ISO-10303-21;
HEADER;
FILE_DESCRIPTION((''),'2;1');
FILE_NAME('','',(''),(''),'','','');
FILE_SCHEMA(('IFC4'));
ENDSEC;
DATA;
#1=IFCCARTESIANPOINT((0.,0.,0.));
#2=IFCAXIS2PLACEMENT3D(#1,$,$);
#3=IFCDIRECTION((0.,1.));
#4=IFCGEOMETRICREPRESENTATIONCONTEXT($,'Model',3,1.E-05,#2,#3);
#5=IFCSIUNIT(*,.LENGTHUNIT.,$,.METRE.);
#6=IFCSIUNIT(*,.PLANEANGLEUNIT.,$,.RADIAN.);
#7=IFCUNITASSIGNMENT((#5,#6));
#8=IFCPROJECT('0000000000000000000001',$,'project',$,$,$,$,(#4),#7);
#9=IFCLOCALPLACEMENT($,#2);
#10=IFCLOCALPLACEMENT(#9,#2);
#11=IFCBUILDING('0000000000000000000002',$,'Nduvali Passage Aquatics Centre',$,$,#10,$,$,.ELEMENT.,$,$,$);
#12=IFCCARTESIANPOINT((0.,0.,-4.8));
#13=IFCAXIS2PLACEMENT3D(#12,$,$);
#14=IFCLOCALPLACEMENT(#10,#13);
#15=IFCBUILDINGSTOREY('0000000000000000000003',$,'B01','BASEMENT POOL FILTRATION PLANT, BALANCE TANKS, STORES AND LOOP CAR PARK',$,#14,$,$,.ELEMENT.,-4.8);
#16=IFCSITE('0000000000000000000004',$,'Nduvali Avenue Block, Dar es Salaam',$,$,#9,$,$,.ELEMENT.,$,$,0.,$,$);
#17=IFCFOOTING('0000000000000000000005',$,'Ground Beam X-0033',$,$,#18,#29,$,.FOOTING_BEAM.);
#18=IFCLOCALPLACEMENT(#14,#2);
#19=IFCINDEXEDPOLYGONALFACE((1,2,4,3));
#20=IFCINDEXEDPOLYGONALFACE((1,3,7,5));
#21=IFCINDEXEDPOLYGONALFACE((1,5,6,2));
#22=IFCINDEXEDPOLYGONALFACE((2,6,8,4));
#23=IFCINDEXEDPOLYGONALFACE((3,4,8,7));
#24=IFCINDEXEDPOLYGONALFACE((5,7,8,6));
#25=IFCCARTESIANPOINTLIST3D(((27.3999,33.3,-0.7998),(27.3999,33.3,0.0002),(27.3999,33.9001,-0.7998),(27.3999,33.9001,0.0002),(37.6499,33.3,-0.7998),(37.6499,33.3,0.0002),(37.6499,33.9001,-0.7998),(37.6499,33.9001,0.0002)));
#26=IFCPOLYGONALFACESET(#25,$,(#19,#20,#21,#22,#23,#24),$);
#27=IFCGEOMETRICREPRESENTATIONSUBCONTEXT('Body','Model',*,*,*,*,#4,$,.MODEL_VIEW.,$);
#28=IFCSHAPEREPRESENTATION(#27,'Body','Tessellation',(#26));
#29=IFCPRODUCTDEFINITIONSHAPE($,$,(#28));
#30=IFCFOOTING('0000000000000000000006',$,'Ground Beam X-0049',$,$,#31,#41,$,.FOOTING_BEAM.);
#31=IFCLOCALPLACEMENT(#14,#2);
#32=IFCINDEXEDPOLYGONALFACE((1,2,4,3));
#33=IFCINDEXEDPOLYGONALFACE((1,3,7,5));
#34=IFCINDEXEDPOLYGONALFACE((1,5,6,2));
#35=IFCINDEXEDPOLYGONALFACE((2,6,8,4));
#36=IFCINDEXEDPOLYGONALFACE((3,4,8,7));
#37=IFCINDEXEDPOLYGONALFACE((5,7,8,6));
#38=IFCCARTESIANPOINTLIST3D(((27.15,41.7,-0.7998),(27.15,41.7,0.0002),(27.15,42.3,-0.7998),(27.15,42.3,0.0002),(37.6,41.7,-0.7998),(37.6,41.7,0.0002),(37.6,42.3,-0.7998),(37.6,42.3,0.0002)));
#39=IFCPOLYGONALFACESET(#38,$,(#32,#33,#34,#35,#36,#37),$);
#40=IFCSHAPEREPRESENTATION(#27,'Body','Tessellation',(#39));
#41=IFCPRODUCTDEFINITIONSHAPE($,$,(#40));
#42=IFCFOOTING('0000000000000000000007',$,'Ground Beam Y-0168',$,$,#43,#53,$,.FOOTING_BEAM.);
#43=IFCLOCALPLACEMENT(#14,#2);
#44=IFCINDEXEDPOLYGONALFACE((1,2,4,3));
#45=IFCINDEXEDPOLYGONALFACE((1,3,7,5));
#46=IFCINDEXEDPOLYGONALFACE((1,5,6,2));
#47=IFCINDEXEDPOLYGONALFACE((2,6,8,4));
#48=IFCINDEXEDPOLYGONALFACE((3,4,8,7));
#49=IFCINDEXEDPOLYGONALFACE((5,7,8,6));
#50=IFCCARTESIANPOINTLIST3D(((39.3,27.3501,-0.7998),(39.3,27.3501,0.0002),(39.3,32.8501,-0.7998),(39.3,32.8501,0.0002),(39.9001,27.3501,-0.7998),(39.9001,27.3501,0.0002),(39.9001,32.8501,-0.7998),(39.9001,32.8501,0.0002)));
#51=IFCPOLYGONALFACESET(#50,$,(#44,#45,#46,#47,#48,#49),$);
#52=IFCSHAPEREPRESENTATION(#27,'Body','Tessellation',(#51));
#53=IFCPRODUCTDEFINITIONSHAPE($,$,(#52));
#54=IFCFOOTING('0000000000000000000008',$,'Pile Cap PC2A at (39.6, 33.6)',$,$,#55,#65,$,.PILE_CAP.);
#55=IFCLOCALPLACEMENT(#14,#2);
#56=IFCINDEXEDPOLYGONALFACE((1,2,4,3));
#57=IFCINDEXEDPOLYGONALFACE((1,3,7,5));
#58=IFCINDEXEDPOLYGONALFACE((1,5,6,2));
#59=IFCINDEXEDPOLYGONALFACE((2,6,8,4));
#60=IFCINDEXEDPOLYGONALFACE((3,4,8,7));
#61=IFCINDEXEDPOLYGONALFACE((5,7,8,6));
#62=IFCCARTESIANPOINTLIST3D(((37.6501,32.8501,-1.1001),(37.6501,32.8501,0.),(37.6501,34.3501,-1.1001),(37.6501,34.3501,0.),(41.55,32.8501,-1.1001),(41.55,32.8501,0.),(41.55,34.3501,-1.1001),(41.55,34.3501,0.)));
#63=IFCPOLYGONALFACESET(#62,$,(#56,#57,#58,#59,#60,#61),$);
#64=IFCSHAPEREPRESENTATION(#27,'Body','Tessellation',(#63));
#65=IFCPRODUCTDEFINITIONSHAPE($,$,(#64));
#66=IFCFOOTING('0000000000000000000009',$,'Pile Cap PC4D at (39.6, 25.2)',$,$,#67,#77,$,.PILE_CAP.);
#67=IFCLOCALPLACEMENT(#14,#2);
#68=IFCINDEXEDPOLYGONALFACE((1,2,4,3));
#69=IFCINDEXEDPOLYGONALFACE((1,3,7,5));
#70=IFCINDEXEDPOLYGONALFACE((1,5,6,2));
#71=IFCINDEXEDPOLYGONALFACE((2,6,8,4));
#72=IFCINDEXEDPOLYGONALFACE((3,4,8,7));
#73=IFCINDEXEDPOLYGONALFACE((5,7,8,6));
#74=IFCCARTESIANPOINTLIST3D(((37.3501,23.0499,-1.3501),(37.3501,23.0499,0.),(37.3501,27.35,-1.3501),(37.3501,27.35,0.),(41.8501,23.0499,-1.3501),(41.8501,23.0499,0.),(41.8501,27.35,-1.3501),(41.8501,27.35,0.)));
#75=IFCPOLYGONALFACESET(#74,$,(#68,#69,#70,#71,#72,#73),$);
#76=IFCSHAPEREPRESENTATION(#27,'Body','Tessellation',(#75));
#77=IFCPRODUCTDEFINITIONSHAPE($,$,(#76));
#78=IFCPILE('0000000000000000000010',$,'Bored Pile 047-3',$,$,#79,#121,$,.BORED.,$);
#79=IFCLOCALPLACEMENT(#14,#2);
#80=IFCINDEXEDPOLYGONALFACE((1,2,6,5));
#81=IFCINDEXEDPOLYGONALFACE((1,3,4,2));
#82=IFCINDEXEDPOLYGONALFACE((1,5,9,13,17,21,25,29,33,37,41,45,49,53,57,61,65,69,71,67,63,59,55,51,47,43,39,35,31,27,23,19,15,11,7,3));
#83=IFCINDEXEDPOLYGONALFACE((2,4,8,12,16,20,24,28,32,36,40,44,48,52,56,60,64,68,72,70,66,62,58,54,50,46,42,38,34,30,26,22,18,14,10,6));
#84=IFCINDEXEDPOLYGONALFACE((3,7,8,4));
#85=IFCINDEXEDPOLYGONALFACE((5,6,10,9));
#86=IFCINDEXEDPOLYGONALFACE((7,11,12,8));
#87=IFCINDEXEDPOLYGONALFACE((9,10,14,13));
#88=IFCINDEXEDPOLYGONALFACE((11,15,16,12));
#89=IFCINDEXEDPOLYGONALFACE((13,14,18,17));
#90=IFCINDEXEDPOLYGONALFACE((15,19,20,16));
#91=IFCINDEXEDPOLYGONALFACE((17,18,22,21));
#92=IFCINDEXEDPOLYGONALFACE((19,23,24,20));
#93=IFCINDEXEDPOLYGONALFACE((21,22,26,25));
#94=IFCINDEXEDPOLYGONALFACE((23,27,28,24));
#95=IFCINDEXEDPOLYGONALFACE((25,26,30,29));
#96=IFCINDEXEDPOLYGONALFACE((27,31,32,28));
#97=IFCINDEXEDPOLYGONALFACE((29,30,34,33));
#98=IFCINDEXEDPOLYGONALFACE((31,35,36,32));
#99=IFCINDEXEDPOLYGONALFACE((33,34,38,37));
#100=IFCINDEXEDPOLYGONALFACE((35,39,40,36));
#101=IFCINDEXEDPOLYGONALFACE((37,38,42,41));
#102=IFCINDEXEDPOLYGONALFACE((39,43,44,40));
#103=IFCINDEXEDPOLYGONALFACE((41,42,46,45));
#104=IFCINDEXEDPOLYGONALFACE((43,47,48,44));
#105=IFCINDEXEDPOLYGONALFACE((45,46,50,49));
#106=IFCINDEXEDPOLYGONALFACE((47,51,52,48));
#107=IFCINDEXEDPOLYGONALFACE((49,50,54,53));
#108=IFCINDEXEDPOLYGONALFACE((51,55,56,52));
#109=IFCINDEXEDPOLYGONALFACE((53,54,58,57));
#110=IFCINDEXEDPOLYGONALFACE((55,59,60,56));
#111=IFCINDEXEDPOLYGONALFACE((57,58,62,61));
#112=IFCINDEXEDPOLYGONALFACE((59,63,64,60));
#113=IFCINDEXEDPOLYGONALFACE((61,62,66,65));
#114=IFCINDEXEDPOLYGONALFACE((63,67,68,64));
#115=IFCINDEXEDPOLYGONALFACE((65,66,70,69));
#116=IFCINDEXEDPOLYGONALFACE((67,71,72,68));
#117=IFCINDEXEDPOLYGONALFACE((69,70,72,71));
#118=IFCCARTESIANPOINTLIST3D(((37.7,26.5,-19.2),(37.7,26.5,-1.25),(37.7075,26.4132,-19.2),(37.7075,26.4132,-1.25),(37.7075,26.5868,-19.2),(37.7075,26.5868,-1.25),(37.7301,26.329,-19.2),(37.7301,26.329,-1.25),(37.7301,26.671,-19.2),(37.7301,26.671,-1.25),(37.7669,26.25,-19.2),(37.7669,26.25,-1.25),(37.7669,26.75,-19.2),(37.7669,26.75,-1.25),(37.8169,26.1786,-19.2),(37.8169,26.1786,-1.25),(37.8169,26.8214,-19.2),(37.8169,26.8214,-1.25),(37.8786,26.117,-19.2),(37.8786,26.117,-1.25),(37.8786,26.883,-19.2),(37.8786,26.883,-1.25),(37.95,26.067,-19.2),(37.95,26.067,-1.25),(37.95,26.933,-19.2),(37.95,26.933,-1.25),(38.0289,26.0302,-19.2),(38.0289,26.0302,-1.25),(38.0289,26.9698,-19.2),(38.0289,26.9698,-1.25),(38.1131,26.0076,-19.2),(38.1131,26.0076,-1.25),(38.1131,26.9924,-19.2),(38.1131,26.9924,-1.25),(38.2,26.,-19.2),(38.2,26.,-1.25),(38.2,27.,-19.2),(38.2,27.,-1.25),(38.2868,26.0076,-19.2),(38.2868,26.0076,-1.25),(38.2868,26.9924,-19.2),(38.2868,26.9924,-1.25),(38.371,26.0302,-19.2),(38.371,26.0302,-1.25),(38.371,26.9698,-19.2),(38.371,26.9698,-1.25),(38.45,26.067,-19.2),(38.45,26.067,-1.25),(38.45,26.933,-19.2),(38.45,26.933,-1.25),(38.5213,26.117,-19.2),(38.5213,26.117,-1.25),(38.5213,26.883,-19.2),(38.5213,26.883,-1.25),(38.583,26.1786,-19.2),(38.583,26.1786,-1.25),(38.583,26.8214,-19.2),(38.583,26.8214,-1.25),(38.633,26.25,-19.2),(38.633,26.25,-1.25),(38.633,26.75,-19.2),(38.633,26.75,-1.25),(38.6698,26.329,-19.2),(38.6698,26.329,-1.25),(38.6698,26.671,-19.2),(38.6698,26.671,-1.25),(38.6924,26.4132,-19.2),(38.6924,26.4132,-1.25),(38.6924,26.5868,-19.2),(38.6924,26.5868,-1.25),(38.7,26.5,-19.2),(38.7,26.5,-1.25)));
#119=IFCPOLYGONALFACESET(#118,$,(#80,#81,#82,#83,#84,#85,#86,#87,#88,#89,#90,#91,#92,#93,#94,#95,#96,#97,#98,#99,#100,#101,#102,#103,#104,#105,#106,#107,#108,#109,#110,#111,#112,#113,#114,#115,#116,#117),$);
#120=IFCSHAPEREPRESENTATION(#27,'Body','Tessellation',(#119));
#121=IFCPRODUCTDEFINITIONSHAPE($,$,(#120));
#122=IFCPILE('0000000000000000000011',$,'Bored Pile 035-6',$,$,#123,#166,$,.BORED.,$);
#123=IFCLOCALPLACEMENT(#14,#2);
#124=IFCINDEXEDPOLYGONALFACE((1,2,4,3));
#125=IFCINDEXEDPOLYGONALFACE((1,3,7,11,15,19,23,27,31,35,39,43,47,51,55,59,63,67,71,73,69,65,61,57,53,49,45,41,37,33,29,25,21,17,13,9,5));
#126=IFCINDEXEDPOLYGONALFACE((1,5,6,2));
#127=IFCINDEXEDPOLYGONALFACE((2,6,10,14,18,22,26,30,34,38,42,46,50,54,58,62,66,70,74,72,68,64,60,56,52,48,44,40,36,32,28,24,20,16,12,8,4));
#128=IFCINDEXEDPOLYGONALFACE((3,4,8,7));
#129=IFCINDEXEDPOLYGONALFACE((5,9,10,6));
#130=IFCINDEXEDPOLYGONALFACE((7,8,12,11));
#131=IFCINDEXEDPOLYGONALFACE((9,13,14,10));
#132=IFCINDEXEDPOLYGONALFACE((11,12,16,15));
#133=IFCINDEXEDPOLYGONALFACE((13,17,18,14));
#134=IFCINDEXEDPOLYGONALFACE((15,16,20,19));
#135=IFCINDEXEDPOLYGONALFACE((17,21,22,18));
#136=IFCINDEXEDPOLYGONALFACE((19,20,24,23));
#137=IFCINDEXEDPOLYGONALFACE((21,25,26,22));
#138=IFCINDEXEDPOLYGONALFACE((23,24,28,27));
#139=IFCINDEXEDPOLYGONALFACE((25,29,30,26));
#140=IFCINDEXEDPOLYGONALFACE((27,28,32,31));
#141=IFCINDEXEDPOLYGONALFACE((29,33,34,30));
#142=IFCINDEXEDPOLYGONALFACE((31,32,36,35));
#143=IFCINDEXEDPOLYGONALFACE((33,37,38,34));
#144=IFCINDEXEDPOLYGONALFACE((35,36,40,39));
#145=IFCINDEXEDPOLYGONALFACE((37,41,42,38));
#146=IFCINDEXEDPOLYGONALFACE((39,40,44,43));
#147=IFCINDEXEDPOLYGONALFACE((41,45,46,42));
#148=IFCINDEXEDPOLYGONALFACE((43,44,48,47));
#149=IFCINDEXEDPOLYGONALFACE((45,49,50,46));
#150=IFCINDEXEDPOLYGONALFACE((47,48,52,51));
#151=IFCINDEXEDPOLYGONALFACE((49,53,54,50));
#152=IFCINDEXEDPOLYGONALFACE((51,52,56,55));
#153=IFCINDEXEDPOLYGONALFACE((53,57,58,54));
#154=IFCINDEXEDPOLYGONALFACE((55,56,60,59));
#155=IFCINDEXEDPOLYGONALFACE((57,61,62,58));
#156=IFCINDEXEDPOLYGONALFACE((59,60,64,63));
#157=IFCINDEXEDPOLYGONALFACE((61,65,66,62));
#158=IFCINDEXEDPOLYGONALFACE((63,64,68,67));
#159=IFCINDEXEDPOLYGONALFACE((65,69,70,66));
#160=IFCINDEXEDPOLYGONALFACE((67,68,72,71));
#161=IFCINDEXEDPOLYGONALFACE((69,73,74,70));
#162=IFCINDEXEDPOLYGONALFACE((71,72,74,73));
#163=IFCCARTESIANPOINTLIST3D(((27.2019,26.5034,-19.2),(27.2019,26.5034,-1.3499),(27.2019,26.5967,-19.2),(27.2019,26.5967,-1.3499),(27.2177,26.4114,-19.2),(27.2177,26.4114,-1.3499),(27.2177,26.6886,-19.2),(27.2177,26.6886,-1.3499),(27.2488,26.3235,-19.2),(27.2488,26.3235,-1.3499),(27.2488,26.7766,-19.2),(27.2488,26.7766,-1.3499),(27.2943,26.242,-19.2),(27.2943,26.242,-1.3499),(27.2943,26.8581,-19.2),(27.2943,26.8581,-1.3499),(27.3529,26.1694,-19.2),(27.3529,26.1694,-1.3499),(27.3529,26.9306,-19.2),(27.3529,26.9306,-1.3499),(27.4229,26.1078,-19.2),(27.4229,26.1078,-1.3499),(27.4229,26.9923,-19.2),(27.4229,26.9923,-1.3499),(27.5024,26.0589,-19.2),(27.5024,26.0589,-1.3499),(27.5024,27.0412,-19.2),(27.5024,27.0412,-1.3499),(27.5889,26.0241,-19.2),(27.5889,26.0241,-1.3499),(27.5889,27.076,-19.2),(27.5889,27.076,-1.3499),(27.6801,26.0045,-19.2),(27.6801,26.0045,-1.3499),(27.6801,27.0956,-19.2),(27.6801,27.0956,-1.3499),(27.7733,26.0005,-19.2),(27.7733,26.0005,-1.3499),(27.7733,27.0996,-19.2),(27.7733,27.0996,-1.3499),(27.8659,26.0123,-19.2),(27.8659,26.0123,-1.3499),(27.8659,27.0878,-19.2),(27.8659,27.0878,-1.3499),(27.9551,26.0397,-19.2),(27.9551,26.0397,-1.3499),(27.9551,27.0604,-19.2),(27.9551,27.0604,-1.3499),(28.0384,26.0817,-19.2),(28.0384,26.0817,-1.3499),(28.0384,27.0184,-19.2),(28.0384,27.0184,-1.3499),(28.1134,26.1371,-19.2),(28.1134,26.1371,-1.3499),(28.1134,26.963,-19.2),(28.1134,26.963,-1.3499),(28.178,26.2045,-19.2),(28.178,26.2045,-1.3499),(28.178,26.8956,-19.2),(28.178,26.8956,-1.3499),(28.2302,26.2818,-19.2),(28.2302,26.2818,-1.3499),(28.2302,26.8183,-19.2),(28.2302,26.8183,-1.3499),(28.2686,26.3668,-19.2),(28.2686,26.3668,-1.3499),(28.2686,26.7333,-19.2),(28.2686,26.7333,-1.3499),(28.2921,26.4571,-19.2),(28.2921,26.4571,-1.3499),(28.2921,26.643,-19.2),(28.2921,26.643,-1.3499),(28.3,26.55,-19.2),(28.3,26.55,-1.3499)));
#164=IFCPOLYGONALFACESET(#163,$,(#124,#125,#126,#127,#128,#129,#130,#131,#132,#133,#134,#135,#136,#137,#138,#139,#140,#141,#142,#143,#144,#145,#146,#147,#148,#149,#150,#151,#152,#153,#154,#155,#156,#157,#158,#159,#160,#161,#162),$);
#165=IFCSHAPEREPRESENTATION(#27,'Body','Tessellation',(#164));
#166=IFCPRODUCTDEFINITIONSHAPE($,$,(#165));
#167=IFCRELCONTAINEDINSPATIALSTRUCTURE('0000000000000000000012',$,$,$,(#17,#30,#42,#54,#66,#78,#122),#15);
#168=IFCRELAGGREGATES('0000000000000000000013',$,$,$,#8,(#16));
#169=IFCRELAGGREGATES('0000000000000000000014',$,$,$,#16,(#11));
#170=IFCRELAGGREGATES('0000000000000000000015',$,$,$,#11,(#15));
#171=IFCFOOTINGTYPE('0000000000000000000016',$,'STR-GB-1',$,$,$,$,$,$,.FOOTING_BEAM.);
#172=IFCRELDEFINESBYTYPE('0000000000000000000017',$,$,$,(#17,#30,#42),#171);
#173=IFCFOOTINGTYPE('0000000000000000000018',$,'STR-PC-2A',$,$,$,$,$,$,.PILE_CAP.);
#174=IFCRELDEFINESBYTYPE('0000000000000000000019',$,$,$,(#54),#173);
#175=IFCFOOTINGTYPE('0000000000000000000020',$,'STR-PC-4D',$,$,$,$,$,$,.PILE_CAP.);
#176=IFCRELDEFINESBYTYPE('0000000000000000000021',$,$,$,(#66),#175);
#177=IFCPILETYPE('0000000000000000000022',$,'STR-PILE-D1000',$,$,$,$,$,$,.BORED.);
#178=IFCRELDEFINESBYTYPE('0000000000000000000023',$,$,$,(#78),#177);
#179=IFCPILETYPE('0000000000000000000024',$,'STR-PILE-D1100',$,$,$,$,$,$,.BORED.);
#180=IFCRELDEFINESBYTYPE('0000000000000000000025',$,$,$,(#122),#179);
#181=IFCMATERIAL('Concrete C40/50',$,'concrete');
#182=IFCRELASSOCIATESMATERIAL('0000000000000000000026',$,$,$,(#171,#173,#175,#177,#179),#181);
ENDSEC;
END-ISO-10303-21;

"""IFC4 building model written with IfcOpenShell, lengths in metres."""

from ifc_helpers import new_model, si_unit, direction, frame, origin, origin_2d, place, context, subcontext, project, spatial, rectangle, circle, extrude, material, material_profile, profile_set, type_object, element, save


model = new_model("IFC4")

# Units and contexts
model_context = context("Model", 3, precision=1e-05, world=origin(), true_north=direction((0.0, 1.0)))
body_context = subcontext(model_context, "Body", "Model", "MODEL_VIEW")
ifc_project = project(units=[si_unit("LENGTHUNIT", "METRE"), si_unit("PLANEANGLEUNIT", "RADIAN")], contexts=[model_context])

# Site, building, storey
site_placement = place(None, origin())
site = spatial("IfcSite", under=ifc_project, at=site_placement, Name="Nduvali Avenue Block, Dar es Salaam", CompositionType="ELEMENT", RefElevation=0.0)
building_placement = place(site_placement, origin())
building = spatial("IfcBuilding", under=site, at=building_placement, Name="Nduvali Passage Aquatics Centre", CompositionType="ELEMENT")
storey_placement = place(building_placement, frame((0.0, 0.0, -4.8)))
storey = spatial("IfcBuildingStorey", under=building, at=storey_placement, Name="B01", Description="BASEMENT POOL FILTRATION PLANT, BALANCE TANKS, STORES AND LOOP CAR PARK", CompositionType="ELEMENT", Elevation=-4.8)

# Footings
ifc_material_1 = material(Name="Concrete C40/50", Category="concrete")
footing_type_1 = type_object("IfcFootingType", Name="STR-GB-1", PredefinedType="FOOTING_BEAM", material=ifc_material_1)
footing_1_placement = place(storey_placement, frame((32.5249, 33.6001, -0.7998), z_axis=(0.0, 0.0, 1.0), x_axis=(1.0, 0.0, 0.0)))
element("IfcFooting", 1, at=footing_1_placement, inside=storey, type_object=footing_type_1, Name="Ground Beam X-0033", PredefinedType="FOOTING_BEAM", context=body_context, shape_type="SweptSolid", body=[
    extrude(rectangle(XDim=10.25, YDim=0.6001, at=origin_2d()), origin(), (0.0, 0.0, 1.0), 0.8),
])
footing_2_placement = place(storey_placement, frame((32.375, 42.0, -0.7998), z_axis=(0.0, 0.0, 1.0), x_axis=(1.0, 0.0, 0.0)))
element("IfcFooting", 2, at=footing_2_placement, inside=storey, type_object=footing_type_1, Name="Ground Beam X-0049", PredefinedType="FOOTING_BEAM", context=body_context, shape_type="SweptSolid", body=[
    extrude(rectangle(XDim=10.45, YDim=0.6001, at=origin_2d()), origin(), (0.0, 0.0, 1.0), 0.8),
])
footing_3_placement = place(storey_placement, frame((39.6001, 30.1001, -0.7998), z_axis=(0.0, 0.0, 1.0), x_axis=(0.0, 1.0, 0.0)))
element("IfcFooting", 3, at=footing_3_placement, inside=storey, type_object=footing_type_1, Name="Ground Beam Y-0168", PredefinedType="FOOTING_BEAM", context=body_context, shape_type="SweptSolid", body=[
    extrude(rectangle(XDim=5.5, YDim=0.6001, at=origin_2d()), origin(), (0.0, 0.0, 1.0), 0.8),
])
footing_type_2 = type_object("IfcFootingType", Name="STR-PC-2A", PredefinedType="PILE_CAP", material=ifc_material_1)
footing_4_placement = place(storey_placement, frame((39.6001, 33.6001, -1.1001), z_axis=(0.0, 0.0, 1.0), x_axis=(1.0, 0.0, 0.0)))
element("IfcFooting", 4, at=footing_4_placement, inside=storey, type_object=footing_type_2, Name="Pile Cap PC2A at (39.6, 33.6)", PredefinedType="PILE_CAP", context=body_context, shape_type="SweptSolid", body=[
    extrude(rectangle(XDim=3.8999, YDim=1.5, at=origin_2d()), origin(), (0.0, 0.0, 1.0), 1.1001),
])
footing_type_3 = type_object("IfcFootingType", Name="STR-PC-4D", PredefinedType="PILE_CAP", material=ifc_material_1)
footing_5_placement = place(storey_placement, frame((39.6001, 25.2, -1.3501), z_axis=(0.0, 0.0, 1.0), x_axis=(1.0, 0.0, 0.0)))
element("IfcFooting", 5, at=footing_5_placement, inside=storey, type_object=footing_type_3, Name="Pile Cap PC4D at (39.6, 25.2)", PredefinedType="PILE_CAP", context=body_context, shape_type="SweptSolid", body=[
    extrude(rectangle(XDim=4.5, YDim=4.3, at=origin_2d()), origin(), (0.0, 0.0, 1.0), 1.3501),
])

# Piles
ifc_material_profile_1 = material_profile(ifc_material_1, circle(Radius=0.5, at=origin_2d()), Name="PILE D1000")
ifc_profile_set_1 = profile_set([ifc_material_profile_1], Name="Concrete C40/50")
pile_type_1 = type_object("IfcPileType", Name="STR-PILE-D1000", PredefinedType="BORED", material=ifc_profile_set_1)
pile_1_placement = place(storey_placement, frame((38.2, 26.5, -1.25), z_axis=(0.0, 0.0, -1.0), x_axis=(1.0, 0.0, 0.0)))
element("IfcPile", 6, at=pile_1_placement, inside=storey, type_object=pile_type_1, Name="Bored Pile 047-3", PredefinedType="BORED", context=body_context, shape_type="SweptSolid", body=[
    extrude(circle(Radius=0.5, at=origin_2d()), origin(), (0.0, 0.0, 1.0), 17.95),
])
ifc_material_profile_2 = material_profile(ifc_material_1, circle(Radius=0.55, at=origin_2d()), Name="PILE D1100")
ifc_profile_set_2 = profile_set([ifc_material_profile_2], Name="Concrete C40/50")
pile_type_2 = type_object("IfcPileType", Name="STR-PILE-D1100", PredefinedType="BORED", material=ifc_profile_set_2)
pile_2_placement = place(storey_placement, frame((27.75, 26.55, -1.3499), z_axis=(0.0, 0.0, -1.0), x_axis=(1.0, 0.0, 0.0)))
element("IfcPile", 7, at=pile_2_placement, inside=storey, type_object=pile_type_2, Name="Bored Pile 035-6", PredefinedType="BORED", context=body_context, shape_type="SweptSolid", body=[
    extrude(circle(Radius=0.55, at=origin_2d()), origin(), (0.0, 0.0, 1.0), 17.8501),
])

save(model, "model.ifc")
